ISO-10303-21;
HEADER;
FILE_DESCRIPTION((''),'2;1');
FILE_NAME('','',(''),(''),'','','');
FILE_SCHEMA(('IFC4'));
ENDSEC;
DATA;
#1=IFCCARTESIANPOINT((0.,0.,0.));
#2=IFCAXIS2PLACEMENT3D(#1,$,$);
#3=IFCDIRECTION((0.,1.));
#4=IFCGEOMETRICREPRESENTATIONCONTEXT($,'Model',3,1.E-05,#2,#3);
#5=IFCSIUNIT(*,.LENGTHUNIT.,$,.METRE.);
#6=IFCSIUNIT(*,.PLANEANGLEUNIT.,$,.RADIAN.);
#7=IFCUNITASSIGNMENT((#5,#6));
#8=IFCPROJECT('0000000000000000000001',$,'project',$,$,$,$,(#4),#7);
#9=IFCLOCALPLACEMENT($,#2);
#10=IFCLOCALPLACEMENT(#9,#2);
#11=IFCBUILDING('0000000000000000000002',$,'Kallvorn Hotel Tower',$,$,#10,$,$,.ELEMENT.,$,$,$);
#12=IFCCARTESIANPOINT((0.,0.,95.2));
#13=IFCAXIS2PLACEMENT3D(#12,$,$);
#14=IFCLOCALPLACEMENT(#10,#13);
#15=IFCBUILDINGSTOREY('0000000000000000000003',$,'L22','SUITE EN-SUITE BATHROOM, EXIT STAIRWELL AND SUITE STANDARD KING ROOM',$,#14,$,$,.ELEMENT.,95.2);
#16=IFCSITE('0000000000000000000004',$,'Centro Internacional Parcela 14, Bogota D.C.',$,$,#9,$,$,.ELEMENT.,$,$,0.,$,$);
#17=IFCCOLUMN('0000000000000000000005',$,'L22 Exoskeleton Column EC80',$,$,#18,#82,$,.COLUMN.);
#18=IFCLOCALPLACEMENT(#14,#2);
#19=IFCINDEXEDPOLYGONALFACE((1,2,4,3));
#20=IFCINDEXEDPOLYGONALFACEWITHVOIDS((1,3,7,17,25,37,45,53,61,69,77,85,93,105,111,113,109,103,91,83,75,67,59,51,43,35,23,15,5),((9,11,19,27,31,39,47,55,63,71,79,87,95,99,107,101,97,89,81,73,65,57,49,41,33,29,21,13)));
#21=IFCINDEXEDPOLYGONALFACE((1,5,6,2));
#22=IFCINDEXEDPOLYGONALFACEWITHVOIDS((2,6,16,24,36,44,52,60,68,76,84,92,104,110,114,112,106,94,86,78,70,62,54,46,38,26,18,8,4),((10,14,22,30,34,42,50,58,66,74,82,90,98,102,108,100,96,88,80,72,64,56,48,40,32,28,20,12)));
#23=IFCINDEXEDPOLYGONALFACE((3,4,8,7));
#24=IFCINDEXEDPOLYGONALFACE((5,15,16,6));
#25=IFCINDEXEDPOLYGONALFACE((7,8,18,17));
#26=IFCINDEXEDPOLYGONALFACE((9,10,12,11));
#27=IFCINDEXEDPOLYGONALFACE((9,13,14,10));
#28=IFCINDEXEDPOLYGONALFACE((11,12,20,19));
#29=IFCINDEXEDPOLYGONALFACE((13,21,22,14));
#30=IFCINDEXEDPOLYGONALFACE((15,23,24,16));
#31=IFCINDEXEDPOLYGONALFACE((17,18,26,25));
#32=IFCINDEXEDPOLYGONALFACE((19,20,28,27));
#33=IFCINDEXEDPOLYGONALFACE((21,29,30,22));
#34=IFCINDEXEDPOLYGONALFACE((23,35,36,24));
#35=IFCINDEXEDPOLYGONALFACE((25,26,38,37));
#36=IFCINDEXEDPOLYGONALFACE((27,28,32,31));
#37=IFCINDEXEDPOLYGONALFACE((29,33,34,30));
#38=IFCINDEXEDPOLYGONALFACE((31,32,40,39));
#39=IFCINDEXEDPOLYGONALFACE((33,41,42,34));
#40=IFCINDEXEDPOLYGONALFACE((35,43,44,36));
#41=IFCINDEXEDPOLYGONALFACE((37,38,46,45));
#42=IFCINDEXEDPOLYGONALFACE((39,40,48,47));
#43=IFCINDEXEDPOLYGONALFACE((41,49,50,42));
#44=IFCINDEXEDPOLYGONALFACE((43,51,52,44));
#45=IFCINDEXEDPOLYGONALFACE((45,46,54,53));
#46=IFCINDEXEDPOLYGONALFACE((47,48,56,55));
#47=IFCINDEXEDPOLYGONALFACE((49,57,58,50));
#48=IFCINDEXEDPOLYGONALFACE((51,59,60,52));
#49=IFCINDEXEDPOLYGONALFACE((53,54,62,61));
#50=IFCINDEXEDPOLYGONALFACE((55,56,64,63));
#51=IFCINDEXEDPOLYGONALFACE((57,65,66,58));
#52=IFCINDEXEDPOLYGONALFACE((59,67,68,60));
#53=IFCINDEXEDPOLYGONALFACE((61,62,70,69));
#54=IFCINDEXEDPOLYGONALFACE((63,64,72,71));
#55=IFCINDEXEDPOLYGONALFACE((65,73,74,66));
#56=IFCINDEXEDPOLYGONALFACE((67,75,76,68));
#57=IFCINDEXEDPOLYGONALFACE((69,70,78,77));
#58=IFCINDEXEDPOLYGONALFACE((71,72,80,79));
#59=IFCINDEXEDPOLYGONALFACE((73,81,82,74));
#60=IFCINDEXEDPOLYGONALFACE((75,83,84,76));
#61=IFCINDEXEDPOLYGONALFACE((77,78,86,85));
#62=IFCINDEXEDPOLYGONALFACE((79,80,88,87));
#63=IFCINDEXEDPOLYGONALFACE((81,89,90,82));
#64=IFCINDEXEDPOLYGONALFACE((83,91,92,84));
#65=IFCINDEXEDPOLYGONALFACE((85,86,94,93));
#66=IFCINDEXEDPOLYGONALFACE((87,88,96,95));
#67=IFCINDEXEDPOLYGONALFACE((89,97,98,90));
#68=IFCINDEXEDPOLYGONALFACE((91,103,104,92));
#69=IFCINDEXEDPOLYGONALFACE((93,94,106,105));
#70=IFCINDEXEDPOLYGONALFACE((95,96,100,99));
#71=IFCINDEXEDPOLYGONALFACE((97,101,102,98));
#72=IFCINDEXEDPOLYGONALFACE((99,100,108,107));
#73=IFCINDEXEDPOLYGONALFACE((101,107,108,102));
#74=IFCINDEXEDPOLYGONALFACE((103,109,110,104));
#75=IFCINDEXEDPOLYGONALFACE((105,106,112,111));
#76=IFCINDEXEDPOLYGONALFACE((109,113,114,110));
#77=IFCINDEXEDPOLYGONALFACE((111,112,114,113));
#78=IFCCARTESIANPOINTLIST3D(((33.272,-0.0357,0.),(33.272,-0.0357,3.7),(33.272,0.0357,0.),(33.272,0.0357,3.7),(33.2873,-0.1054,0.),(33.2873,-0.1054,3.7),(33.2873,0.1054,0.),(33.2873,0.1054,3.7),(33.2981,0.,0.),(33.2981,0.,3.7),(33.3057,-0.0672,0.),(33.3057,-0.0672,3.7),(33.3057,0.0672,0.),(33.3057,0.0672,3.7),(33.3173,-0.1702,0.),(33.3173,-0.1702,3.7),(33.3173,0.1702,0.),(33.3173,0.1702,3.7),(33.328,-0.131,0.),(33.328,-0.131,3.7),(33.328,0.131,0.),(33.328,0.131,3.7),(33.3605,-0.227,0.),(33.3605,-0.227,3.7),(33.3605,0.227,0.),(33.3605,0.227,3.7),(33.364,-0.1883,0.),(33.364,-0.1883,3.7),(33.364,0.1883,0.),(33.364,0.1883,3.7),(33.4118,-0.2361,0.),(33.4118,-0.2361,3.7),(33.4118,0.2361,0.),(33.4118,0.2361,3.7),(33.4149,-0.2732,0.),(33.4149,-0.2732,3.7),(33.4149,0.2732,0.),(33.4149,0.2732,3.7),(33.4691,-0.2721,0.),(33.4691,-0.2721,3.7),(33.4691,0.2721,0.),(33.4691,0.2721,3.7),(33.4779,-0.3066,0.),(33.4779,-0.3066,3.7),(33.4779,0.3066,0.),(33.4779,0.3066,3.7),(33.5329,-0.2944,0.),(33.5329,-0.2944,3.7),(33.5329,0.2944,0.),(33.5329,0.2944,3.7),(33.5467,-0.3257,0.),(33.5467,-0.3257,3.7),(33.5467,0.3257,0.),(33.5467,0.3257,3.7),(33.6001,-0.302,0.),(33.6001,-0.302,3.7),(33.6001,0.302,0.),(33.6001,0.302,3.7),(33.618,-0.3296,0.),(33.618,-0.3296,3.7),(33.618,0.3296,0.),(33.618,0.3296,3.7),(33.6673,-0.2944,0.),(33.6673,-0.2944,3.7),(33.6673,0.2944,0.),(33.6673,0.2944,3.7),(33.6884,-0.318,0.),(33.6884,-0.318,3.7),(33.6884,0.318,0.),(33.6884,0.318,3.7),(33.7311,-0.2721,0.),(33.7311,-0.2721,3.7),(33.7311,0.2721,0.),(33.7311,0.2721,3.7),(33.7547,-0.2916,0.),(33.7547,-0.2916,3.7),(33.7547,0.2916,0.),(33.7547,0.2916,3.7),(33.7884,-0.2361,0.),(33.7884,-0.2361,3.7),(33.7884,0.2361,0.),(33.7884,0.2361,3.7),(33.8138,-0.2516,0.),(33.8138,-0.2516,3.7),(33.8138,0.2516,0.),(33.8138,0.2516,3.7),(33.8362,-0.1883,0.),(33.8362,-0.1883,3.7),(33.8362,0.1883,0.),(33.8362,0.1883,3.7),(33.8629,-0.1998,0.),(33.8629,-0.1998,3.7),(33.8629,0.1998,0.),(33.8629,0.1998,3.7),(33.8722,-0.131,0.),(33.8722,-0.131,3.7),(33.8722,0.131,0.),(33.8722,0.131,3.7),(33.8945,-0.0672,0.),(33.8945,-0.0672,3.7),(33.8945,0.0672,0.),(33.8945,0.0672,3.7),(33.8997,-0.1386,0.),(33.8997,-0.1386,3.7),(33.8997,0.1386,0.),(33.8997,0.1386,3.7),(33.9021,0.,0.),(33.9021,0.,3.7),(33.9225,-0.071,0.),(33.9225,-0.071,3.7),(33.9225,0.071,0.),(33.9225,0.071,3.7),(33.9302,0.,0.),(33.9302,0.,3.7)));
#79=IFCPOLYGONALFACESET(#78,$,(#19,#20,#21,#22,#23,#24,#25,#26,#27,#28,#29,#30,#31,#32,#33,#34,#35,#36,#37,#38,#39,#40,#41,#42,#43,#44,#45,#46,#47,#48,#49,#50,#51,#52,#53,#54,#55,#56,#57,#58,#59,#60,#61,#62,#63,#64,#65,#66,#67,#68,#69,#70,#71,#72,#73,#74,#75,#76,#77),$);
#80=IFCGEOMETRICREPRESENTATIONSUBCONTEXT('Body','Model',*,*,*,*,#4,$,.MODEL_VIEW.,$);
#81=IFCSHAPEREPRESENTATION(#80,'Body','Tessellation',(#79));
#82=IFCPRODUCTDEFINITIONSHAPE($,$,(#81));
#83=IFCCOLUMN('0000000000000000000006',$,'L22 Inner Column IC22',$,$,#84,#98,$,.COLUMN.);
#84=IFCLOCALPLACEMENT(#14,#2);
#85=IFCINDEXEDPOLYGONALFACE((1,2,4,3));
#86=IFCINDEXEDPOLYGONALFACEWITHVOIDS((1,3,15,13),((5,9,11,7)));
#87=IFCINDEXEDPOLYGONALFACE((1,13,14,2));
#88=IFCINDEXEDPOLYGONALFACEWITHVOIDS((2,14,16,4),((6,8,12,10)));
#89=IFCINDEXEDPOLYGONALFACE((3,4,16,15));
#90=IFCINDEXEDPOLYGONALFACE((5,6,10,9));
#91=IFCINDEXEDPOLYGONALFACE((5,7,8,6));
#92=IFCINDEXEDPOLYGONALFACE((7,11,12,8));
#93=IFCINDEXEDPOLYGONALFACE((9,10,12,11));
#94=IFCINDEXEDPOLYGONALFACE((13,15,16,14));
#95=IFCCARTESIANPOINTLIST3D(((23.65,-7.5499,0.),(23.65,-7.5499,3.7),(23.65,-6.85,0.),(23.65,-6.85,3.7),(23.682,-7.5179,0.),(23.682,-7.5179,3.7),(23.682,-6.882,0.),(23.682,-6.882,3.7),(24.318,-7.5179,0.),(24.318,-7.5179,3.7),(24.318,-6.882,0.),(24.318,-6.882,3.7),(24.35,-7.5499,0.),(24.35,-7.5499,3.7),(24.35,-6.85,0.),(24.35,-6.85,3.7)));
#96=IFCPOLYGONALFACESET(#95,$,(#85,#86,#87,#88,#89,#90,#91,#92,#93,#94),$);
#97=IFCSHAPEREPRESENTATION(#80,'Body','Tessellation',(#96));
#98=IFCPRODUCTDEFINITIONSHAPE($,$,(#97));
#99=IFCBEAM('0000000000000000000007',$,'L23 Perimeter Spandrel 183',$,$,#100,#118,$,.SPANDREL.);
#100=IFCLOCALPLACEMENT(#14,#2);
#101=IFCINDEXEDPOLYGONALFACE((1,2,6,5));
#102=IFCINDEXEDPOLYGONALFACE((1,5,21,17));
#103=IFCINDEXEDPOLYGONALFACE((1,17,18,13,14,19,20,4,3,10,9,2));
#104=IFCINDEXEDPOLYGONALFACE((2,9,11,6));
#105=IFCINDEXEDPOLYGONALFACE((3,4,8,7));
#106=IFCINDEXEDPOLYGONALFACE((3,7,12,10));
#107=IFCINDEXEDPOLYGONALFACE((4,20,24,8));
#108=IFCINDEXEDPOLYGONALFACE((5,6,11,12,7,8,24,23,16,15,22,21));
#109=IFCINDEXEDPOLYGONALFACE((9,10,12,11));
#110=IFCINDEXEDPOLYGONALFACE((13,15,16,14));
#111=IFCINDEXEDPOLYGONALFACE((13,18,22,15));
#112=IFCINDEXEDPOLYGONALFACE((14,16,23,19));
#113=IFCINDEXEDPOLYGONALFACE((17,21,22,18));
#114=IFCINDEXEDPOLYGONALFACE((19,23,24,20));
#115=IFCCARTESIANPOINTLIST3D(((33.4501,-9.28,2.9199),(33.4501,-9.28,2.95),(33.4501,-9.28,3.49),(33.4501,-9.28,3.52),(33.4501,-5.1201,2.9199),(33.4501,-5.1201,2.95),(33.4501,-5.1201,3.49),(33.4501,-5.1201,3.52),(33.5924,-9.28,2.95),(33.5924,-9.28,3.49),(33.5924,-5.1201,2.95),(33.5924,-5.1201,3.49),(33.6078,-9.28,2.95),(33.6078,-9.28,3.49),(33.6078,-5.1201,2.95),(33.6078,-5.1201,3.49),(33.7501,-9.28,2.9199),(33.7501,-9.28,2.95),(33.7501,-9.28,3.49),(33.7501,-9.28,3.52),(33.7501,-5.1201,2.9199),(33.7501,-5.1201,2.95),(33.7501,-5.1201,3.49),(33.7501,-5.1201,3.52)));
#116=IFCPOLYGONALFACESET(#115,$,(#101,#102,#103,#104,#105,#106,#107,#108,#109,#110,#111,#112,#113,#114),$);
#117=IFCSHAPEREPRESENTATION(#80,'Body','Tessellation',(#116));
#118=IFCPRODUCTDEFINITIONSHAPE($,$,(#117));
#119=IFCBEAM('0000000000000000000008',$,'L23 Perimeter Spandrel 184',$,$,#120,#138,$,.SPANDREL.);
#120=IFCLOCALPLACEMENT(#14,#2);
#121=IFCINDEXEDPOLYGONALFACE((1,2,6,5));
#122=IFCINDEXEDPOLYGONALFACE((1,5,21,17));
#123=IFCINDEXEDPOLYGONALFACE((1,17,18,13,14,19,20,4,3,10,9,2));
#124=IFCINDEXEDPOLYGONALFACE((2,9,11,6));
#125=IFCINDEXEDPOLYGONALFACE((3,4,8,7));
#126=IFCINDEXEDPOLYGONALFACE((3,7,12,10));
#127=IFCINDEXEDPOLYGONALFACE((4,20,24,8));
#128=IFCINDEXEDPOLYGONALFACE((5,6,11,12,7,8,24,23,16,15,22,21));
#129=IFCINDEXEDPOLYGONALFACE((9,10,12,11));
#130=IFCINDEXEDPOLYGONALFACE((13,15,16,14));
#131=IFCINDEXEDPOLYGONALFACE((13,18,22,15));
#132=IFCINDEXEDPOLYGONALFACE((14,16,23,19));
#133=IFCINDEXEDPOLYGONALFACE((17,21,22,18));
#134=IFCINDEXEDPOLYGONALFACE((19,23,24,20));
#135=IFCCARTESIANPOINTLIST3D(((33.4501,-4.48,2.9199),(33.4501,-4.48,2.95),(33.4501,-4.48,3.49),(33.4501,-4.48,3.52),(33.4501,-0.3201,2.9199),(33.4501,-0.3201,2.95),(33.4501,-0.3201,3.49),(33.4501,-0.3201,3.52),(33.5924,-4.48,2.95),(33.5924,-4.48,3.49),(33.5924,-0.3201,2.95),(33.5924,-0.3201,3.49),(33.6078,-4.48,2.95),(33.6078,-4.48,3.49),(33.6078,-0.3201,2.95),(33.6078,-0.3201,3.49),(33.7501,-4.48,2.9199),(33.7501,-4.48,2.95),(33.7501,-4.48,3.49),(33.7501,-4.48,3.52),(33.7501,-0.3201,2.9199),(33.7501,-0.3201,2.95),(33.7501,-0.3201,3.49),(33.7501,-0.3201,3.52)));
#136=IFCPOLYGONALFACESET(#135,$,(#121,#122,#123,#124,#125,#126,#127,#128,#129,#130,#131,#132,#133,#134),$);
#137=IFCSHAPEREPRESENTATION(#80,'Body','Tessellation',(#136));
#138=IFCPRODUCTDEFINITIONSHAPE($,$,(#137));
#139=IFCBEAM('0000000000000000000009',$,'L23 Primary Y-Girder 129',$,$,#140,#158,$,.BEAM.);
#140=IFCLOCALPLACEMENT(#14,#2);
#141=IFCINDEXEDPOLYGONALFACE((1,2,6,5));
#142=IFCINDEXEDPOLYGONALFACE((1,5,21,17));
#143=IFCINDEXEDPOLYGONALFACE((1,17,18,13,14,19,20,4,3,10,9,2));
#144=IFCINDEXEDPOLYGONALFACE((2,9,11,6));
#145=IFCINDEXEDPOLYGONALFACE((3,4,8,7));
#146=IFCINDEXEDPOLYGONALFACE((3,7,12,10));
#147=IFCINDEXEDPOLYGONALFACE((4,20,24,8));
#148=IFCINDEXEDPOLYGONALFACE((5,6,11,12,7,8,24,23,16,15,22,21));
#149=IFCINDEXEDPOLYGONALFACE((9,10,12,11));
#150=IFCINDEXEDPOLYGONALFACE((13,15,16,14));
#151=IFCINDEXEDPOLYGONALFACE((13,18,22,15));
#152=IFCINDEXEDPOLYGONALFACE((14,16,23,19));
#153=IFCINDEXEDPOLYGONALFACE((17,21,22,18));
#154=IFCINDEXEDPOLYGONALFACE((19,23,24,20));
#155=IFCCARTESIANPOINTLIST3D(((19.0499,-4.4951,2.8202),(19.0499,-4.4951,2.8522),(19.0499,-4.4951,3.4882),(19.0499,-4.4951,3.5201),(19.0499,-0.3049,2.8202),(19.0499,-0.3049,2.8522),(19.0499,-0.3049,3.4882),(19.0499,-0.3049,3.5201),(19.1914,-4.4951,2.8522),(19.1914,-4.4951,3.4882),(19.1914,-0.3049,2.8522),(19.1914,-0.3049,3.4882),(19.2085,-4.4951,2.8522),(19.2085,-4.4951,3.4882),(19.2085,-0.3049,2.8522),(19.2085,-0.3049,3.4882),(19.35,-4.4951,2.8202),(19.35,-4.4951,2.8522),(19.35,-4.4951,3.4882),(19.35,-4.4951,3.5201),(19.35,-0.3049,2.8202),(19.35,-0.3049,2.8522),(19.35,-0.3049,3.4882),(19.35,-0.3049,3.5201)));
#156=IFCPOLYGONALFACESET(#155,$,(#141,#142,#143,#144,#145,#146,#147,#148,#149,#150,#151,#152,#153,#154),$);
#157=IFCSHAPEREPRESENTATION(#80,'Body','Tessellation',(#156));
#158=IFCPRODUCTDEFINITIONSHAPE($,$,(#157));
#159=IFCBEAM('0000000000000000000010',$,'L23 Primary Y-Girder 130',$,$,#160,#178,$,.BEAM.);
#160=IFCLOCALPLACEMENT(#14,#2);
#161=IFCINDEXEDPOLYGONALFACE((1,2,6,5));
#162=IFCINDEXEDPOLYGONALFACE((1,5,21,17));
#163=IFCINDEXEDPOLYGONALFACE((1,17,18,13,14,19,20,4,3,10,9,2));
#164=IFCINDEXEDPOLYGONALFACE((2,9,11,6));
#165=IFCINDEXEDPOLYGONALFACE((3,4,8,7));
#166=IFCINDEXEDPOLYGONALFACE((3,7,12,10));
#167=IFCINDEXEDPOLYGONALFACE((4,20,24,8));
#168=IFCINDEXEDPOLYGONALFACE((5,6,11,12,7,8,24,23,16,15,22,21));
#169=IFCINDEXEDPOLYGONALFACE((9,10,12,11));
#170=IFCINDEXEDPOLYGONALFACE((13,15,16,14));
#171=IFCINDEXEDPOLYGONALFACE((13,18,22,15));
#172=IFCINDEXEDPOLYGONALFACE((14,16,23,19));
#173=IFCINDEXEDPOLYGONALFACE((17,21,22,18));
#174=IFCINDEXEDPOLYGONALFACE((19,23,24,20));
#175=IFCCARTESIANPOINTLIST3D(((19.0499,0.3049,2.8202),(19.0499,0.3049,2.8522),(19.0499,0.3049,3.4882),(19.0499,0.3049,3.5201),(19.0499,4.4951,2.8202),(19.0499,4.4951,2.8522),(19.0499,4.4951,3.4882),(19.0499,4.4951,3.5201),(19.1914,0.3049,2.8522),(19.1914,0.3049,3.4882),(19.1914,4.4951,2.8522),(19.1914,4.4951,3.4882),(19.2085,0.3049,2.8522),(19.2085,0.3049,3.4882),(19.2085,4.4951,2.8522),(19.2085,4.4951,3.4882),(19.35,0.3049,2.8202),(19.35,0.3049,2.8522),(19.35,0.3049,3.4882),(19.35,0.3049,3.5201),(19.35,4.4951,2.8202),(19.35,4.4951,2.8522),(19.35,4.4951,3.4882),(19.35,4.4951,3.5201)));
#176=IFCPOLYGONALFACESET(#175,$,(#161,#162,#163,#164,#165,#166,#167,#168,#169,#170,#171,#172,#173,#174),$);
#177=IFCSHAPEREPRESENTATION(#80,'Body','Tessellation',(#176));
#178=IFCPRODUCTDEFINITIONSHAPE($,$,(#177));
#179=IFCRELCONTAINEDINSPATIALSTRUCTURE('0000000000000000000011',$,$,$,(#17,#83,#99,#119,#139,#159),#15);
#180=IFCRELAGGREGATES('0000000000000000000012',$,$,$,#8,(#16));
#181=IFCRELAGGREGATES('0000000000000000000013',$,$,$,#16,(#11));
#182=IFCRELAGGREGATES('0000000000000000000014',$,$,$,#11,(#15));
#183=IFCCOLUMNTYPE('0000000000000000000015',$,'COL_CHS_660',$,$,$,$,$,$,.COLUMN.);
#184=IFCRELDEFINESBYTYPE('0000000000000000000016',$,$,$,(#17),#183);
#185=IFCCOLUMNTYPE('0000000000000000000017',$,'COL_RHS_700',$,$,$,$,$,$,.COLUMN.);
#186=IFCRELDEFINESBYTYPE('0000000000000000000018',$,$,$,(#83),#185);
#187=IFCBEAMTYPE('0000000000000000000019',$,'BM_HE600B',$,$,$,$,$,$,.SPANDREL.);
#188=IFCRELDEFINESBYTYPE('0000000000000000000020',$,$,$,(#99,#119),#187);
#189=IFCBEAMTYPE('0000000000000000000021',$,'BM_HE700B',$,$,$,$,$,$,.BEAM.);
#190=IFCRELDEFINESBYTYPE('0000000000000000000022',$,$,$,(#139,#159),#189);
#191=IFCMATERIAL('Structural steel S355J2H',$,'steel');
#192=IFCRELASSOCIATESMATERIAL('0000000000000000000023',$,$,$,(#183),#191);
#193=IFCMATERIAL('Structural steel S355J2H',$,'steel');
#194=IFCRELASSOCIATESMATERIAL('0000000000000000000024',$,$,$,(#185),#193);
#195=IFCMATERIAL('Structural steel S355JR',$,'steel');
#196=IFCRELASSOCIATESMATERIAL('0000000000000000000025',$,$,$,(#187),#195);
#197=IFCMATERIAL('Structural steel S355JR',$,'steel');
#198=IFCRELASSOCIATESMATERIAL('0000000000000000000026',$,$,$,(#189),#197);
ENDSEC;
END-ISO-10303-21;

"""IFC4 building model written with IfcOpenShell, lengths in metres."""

from ifc_helpers import new_model, si_unit, direction, frame, origin, origin_2d, place, context, subcontext, project, spatial, hollow_rectangle, hollow_circle, i_section, extrude, material, material_profile, profile_set, type_object, element, save


model = new_model("IFC4")

# Units and contexts
model_context = context("Model", 3, precision=1e-05, world=origin(), true_north=direction((0.0, 1.0)))
body_context = subcontext(model_context, "Body", "Model", "MODEL_VIEW")
ifc_project = project(units=[si_unit("LENGTHUNIT", "METRE"), si_unit("PLANEANGLEUNIT", "RADIAN")], contexts=[model_context])

# Site, building, storey
site_placement = place(None, origin())
site = spatial("IfcSite", under=ifc_project, at=site_placement, Name="Centro Internacional Parcela 14, Bogota D.C.", CompositionType="ELEMENT", RefElevation=0.0)
building_placement = place(site_placement, origin())
building = spatial("IfcBuilding", under=site, at=building_placement, Name="Kallvorn Hotel Tower", CompositionType="ELEMENT")
storey_placement = place(building_placement, frame((0.0, 0.0, 95.2)))
storey = spatial("IfcBuildingStorey", under=building, at=storey_placement, Name="L22", Description="SUITE EN-SUITE BATHROOM, EXIT STAIRWELL AND SUITE STANDARD KING ROOM", CompositionType="ELEMENT", Elevation=95.2)

# Columns
ifc_material_1 = material(Name="Structural steel S355J2H", Category="steel")
ifc_material_profile_1 = material_profile(ifc_material_1, hollow_circle(Radius=0.3301, WallThickness=0.0281, at=origin_2d()), Name="CHS 660x28")
ifc_profile_set_1 = profile_set([ifc_material_profile_1], Name="Structural steel S355J2H")
column_type_1 = type_object("IfcColumnType", Name="COL_CHS_660", PredefinedType="COLUMN", material=ifc_profile_set_1)
for number, where, z_axis, x_axis, name in (
    (1, (33.6001, 0.0, 0.0), (0.0, 0.0, 1.0), (1.0, 0.0, 0.0), "L22 Exoskeleton Column EC80"),
):
    element("IfcColumn", number, at=place(storey_placement, frame(where, z_axis=z_axis, x_axis=x_axis)), inside=storey, type_object=column_type_1, Name=name, PredefinedType="COLUMN", context=body_context, shape_type="SweptSolid", body=[
        extrude(hollow_circle(Radius=0.3301, WallThickness=0.0281, at=origin_2d()), origin(), (0.0, 0.0, 1.0), 3.7),
    ])
ifc_material_2 = material(Name="Structural steel S355J2H", Category="steel")
ifc_material_profile_2 = material_profile(ifc_material_2, hollow_rectangle(XDim=0.7, YDim=0.7, WallThickness=0.032, at=origin_2d()), Name="RHS 700x700x32")
ifc_profile_set_2 = profile_set([ifc_material_profile_2], Name="Structural steel S355J2H")
column_type_2 = type_object("IfcColumnType", Name="COL_RHS_700", PredefinedType="COLUMN", material=ifc_profile_set_2)
column_placement = place(storey_placement, frame((24.0, -7.2, 0.0), z_axis=(0.0, 0.0, 1.0), x_axis=(1.0, 0.0, 0.0)))
element("IfcColumn", 2, at=column_placement, inside=storey, type_object=column_type_2, Name="L22 Inner Column IC22", PredefinedType="COLUMN", context=body_context, shape_type="SweptSolid", body=[
    extrude(hollow_rectangle(XDim=0.7, YDim=0.7, WallThickness=0.032, at=origin_2d()), origin(), (0.0, 0.0, 1.0), 3.7),
])

# Beams
ifc_material_3 = material(Name="Structural steel S355JR", Category="steel")
ifc_material_profile_3 = material_profile(ifc_material_3, i_section(OverallWidth=0.3, OverallDepth=0.6001, WebThickness=0.0154, FlangeThickness=0.03, at=origin_2d()), Name="HE 600 B")
ifc_profile_set_3 = profile_set([ifc_material_profile_3], Name="Structural steel S355JR")
beam_type_1 = type_object("IfcBeamType", Name="BM_HE600B", PredefinedType="SPANDREL", material=ifc_profile_set_3)
for number, where, z_axis, x_axis, name in (
    (3, (33.6001, -9.28, 3.22), (0.0, 1.0, 0.0), (-1.0, 0.0, 0.0), "L23 Perimeter Spandrel 183"),
    (4, (33.6001, -4.48, 3.22), (0.0, 1.0, 0.0), (-1.0, 0.0, 0.0), "L23 Perimeter Spandrel 184"),
):
    element("IfcBeam", number, at=place(storey_placement, frame(where, z_axis=z_axis, x_axis=x_axis)), inside=storey, type_object=beam_type_1, Name=name, PredefinedType="SPANDREL", context=body_context, shape_type="SweptSolid", body=[
        extrude(i_section(OverallWidth=0.3, OverallDepth=0.6001, WebThickness=0.0154, FlangeThickness=0.03, at=origin_2d()), origin(), (0.0, 0.0, 1.0), 4.1599),
    ])
ifc_material_4 = material(Name="Structural steel S355JR", Category="steel")
ifc_material_profile_4 = material_profile(ifc_material_4, i_section(OverallWidth=0.3, OverallDepth=0.7, WebThickness=0.0171, FlangeThickness=0.032, at=origin_2d()), Name="HE 700 B")
ifc_profile_set_4 = profile_set([ifc_material_profile_4], Name="Structural steel S355JR")
beam_type_2 = type_object("IfcBeamType", Name="BM_HE700B", PredefinedType="BEAM", material=ifc_profile_set_4)
for number, where, z_axis, x_axis, name in (
    (5, (19.2, -4.4951, 3.1702), (0.0, 1.0, 0.0), (-1.0, 0.0, 0.0), "L23 Primary Y-Girder 129"),
    (6, (19.2, 0.3049, 3.1702), (0.0, 1.0, 0.0), (-1.0, 0.0, 0.0), "L23 Primary Y-Girder 130"),
):
    element("IfcBeam", number, at=place(storey_placement, frame(where, z_axis=z_axis, x_axis=x_axis)), inside=storey, type_object=beam_type_2, Name=name, PredefinedType="BEAM", context=body_context, shape_type="SweptSolid", body=[
        extrude(i_section(OverallWidth=0.3, OverallDepth=0.7, WebThickness=0.0171, FlangeThickness=0.032, at=origin_2d()), origin(), (0.0, 0.0, 1.0), 4.1902),
    ])

save(model, "model.ifc")
